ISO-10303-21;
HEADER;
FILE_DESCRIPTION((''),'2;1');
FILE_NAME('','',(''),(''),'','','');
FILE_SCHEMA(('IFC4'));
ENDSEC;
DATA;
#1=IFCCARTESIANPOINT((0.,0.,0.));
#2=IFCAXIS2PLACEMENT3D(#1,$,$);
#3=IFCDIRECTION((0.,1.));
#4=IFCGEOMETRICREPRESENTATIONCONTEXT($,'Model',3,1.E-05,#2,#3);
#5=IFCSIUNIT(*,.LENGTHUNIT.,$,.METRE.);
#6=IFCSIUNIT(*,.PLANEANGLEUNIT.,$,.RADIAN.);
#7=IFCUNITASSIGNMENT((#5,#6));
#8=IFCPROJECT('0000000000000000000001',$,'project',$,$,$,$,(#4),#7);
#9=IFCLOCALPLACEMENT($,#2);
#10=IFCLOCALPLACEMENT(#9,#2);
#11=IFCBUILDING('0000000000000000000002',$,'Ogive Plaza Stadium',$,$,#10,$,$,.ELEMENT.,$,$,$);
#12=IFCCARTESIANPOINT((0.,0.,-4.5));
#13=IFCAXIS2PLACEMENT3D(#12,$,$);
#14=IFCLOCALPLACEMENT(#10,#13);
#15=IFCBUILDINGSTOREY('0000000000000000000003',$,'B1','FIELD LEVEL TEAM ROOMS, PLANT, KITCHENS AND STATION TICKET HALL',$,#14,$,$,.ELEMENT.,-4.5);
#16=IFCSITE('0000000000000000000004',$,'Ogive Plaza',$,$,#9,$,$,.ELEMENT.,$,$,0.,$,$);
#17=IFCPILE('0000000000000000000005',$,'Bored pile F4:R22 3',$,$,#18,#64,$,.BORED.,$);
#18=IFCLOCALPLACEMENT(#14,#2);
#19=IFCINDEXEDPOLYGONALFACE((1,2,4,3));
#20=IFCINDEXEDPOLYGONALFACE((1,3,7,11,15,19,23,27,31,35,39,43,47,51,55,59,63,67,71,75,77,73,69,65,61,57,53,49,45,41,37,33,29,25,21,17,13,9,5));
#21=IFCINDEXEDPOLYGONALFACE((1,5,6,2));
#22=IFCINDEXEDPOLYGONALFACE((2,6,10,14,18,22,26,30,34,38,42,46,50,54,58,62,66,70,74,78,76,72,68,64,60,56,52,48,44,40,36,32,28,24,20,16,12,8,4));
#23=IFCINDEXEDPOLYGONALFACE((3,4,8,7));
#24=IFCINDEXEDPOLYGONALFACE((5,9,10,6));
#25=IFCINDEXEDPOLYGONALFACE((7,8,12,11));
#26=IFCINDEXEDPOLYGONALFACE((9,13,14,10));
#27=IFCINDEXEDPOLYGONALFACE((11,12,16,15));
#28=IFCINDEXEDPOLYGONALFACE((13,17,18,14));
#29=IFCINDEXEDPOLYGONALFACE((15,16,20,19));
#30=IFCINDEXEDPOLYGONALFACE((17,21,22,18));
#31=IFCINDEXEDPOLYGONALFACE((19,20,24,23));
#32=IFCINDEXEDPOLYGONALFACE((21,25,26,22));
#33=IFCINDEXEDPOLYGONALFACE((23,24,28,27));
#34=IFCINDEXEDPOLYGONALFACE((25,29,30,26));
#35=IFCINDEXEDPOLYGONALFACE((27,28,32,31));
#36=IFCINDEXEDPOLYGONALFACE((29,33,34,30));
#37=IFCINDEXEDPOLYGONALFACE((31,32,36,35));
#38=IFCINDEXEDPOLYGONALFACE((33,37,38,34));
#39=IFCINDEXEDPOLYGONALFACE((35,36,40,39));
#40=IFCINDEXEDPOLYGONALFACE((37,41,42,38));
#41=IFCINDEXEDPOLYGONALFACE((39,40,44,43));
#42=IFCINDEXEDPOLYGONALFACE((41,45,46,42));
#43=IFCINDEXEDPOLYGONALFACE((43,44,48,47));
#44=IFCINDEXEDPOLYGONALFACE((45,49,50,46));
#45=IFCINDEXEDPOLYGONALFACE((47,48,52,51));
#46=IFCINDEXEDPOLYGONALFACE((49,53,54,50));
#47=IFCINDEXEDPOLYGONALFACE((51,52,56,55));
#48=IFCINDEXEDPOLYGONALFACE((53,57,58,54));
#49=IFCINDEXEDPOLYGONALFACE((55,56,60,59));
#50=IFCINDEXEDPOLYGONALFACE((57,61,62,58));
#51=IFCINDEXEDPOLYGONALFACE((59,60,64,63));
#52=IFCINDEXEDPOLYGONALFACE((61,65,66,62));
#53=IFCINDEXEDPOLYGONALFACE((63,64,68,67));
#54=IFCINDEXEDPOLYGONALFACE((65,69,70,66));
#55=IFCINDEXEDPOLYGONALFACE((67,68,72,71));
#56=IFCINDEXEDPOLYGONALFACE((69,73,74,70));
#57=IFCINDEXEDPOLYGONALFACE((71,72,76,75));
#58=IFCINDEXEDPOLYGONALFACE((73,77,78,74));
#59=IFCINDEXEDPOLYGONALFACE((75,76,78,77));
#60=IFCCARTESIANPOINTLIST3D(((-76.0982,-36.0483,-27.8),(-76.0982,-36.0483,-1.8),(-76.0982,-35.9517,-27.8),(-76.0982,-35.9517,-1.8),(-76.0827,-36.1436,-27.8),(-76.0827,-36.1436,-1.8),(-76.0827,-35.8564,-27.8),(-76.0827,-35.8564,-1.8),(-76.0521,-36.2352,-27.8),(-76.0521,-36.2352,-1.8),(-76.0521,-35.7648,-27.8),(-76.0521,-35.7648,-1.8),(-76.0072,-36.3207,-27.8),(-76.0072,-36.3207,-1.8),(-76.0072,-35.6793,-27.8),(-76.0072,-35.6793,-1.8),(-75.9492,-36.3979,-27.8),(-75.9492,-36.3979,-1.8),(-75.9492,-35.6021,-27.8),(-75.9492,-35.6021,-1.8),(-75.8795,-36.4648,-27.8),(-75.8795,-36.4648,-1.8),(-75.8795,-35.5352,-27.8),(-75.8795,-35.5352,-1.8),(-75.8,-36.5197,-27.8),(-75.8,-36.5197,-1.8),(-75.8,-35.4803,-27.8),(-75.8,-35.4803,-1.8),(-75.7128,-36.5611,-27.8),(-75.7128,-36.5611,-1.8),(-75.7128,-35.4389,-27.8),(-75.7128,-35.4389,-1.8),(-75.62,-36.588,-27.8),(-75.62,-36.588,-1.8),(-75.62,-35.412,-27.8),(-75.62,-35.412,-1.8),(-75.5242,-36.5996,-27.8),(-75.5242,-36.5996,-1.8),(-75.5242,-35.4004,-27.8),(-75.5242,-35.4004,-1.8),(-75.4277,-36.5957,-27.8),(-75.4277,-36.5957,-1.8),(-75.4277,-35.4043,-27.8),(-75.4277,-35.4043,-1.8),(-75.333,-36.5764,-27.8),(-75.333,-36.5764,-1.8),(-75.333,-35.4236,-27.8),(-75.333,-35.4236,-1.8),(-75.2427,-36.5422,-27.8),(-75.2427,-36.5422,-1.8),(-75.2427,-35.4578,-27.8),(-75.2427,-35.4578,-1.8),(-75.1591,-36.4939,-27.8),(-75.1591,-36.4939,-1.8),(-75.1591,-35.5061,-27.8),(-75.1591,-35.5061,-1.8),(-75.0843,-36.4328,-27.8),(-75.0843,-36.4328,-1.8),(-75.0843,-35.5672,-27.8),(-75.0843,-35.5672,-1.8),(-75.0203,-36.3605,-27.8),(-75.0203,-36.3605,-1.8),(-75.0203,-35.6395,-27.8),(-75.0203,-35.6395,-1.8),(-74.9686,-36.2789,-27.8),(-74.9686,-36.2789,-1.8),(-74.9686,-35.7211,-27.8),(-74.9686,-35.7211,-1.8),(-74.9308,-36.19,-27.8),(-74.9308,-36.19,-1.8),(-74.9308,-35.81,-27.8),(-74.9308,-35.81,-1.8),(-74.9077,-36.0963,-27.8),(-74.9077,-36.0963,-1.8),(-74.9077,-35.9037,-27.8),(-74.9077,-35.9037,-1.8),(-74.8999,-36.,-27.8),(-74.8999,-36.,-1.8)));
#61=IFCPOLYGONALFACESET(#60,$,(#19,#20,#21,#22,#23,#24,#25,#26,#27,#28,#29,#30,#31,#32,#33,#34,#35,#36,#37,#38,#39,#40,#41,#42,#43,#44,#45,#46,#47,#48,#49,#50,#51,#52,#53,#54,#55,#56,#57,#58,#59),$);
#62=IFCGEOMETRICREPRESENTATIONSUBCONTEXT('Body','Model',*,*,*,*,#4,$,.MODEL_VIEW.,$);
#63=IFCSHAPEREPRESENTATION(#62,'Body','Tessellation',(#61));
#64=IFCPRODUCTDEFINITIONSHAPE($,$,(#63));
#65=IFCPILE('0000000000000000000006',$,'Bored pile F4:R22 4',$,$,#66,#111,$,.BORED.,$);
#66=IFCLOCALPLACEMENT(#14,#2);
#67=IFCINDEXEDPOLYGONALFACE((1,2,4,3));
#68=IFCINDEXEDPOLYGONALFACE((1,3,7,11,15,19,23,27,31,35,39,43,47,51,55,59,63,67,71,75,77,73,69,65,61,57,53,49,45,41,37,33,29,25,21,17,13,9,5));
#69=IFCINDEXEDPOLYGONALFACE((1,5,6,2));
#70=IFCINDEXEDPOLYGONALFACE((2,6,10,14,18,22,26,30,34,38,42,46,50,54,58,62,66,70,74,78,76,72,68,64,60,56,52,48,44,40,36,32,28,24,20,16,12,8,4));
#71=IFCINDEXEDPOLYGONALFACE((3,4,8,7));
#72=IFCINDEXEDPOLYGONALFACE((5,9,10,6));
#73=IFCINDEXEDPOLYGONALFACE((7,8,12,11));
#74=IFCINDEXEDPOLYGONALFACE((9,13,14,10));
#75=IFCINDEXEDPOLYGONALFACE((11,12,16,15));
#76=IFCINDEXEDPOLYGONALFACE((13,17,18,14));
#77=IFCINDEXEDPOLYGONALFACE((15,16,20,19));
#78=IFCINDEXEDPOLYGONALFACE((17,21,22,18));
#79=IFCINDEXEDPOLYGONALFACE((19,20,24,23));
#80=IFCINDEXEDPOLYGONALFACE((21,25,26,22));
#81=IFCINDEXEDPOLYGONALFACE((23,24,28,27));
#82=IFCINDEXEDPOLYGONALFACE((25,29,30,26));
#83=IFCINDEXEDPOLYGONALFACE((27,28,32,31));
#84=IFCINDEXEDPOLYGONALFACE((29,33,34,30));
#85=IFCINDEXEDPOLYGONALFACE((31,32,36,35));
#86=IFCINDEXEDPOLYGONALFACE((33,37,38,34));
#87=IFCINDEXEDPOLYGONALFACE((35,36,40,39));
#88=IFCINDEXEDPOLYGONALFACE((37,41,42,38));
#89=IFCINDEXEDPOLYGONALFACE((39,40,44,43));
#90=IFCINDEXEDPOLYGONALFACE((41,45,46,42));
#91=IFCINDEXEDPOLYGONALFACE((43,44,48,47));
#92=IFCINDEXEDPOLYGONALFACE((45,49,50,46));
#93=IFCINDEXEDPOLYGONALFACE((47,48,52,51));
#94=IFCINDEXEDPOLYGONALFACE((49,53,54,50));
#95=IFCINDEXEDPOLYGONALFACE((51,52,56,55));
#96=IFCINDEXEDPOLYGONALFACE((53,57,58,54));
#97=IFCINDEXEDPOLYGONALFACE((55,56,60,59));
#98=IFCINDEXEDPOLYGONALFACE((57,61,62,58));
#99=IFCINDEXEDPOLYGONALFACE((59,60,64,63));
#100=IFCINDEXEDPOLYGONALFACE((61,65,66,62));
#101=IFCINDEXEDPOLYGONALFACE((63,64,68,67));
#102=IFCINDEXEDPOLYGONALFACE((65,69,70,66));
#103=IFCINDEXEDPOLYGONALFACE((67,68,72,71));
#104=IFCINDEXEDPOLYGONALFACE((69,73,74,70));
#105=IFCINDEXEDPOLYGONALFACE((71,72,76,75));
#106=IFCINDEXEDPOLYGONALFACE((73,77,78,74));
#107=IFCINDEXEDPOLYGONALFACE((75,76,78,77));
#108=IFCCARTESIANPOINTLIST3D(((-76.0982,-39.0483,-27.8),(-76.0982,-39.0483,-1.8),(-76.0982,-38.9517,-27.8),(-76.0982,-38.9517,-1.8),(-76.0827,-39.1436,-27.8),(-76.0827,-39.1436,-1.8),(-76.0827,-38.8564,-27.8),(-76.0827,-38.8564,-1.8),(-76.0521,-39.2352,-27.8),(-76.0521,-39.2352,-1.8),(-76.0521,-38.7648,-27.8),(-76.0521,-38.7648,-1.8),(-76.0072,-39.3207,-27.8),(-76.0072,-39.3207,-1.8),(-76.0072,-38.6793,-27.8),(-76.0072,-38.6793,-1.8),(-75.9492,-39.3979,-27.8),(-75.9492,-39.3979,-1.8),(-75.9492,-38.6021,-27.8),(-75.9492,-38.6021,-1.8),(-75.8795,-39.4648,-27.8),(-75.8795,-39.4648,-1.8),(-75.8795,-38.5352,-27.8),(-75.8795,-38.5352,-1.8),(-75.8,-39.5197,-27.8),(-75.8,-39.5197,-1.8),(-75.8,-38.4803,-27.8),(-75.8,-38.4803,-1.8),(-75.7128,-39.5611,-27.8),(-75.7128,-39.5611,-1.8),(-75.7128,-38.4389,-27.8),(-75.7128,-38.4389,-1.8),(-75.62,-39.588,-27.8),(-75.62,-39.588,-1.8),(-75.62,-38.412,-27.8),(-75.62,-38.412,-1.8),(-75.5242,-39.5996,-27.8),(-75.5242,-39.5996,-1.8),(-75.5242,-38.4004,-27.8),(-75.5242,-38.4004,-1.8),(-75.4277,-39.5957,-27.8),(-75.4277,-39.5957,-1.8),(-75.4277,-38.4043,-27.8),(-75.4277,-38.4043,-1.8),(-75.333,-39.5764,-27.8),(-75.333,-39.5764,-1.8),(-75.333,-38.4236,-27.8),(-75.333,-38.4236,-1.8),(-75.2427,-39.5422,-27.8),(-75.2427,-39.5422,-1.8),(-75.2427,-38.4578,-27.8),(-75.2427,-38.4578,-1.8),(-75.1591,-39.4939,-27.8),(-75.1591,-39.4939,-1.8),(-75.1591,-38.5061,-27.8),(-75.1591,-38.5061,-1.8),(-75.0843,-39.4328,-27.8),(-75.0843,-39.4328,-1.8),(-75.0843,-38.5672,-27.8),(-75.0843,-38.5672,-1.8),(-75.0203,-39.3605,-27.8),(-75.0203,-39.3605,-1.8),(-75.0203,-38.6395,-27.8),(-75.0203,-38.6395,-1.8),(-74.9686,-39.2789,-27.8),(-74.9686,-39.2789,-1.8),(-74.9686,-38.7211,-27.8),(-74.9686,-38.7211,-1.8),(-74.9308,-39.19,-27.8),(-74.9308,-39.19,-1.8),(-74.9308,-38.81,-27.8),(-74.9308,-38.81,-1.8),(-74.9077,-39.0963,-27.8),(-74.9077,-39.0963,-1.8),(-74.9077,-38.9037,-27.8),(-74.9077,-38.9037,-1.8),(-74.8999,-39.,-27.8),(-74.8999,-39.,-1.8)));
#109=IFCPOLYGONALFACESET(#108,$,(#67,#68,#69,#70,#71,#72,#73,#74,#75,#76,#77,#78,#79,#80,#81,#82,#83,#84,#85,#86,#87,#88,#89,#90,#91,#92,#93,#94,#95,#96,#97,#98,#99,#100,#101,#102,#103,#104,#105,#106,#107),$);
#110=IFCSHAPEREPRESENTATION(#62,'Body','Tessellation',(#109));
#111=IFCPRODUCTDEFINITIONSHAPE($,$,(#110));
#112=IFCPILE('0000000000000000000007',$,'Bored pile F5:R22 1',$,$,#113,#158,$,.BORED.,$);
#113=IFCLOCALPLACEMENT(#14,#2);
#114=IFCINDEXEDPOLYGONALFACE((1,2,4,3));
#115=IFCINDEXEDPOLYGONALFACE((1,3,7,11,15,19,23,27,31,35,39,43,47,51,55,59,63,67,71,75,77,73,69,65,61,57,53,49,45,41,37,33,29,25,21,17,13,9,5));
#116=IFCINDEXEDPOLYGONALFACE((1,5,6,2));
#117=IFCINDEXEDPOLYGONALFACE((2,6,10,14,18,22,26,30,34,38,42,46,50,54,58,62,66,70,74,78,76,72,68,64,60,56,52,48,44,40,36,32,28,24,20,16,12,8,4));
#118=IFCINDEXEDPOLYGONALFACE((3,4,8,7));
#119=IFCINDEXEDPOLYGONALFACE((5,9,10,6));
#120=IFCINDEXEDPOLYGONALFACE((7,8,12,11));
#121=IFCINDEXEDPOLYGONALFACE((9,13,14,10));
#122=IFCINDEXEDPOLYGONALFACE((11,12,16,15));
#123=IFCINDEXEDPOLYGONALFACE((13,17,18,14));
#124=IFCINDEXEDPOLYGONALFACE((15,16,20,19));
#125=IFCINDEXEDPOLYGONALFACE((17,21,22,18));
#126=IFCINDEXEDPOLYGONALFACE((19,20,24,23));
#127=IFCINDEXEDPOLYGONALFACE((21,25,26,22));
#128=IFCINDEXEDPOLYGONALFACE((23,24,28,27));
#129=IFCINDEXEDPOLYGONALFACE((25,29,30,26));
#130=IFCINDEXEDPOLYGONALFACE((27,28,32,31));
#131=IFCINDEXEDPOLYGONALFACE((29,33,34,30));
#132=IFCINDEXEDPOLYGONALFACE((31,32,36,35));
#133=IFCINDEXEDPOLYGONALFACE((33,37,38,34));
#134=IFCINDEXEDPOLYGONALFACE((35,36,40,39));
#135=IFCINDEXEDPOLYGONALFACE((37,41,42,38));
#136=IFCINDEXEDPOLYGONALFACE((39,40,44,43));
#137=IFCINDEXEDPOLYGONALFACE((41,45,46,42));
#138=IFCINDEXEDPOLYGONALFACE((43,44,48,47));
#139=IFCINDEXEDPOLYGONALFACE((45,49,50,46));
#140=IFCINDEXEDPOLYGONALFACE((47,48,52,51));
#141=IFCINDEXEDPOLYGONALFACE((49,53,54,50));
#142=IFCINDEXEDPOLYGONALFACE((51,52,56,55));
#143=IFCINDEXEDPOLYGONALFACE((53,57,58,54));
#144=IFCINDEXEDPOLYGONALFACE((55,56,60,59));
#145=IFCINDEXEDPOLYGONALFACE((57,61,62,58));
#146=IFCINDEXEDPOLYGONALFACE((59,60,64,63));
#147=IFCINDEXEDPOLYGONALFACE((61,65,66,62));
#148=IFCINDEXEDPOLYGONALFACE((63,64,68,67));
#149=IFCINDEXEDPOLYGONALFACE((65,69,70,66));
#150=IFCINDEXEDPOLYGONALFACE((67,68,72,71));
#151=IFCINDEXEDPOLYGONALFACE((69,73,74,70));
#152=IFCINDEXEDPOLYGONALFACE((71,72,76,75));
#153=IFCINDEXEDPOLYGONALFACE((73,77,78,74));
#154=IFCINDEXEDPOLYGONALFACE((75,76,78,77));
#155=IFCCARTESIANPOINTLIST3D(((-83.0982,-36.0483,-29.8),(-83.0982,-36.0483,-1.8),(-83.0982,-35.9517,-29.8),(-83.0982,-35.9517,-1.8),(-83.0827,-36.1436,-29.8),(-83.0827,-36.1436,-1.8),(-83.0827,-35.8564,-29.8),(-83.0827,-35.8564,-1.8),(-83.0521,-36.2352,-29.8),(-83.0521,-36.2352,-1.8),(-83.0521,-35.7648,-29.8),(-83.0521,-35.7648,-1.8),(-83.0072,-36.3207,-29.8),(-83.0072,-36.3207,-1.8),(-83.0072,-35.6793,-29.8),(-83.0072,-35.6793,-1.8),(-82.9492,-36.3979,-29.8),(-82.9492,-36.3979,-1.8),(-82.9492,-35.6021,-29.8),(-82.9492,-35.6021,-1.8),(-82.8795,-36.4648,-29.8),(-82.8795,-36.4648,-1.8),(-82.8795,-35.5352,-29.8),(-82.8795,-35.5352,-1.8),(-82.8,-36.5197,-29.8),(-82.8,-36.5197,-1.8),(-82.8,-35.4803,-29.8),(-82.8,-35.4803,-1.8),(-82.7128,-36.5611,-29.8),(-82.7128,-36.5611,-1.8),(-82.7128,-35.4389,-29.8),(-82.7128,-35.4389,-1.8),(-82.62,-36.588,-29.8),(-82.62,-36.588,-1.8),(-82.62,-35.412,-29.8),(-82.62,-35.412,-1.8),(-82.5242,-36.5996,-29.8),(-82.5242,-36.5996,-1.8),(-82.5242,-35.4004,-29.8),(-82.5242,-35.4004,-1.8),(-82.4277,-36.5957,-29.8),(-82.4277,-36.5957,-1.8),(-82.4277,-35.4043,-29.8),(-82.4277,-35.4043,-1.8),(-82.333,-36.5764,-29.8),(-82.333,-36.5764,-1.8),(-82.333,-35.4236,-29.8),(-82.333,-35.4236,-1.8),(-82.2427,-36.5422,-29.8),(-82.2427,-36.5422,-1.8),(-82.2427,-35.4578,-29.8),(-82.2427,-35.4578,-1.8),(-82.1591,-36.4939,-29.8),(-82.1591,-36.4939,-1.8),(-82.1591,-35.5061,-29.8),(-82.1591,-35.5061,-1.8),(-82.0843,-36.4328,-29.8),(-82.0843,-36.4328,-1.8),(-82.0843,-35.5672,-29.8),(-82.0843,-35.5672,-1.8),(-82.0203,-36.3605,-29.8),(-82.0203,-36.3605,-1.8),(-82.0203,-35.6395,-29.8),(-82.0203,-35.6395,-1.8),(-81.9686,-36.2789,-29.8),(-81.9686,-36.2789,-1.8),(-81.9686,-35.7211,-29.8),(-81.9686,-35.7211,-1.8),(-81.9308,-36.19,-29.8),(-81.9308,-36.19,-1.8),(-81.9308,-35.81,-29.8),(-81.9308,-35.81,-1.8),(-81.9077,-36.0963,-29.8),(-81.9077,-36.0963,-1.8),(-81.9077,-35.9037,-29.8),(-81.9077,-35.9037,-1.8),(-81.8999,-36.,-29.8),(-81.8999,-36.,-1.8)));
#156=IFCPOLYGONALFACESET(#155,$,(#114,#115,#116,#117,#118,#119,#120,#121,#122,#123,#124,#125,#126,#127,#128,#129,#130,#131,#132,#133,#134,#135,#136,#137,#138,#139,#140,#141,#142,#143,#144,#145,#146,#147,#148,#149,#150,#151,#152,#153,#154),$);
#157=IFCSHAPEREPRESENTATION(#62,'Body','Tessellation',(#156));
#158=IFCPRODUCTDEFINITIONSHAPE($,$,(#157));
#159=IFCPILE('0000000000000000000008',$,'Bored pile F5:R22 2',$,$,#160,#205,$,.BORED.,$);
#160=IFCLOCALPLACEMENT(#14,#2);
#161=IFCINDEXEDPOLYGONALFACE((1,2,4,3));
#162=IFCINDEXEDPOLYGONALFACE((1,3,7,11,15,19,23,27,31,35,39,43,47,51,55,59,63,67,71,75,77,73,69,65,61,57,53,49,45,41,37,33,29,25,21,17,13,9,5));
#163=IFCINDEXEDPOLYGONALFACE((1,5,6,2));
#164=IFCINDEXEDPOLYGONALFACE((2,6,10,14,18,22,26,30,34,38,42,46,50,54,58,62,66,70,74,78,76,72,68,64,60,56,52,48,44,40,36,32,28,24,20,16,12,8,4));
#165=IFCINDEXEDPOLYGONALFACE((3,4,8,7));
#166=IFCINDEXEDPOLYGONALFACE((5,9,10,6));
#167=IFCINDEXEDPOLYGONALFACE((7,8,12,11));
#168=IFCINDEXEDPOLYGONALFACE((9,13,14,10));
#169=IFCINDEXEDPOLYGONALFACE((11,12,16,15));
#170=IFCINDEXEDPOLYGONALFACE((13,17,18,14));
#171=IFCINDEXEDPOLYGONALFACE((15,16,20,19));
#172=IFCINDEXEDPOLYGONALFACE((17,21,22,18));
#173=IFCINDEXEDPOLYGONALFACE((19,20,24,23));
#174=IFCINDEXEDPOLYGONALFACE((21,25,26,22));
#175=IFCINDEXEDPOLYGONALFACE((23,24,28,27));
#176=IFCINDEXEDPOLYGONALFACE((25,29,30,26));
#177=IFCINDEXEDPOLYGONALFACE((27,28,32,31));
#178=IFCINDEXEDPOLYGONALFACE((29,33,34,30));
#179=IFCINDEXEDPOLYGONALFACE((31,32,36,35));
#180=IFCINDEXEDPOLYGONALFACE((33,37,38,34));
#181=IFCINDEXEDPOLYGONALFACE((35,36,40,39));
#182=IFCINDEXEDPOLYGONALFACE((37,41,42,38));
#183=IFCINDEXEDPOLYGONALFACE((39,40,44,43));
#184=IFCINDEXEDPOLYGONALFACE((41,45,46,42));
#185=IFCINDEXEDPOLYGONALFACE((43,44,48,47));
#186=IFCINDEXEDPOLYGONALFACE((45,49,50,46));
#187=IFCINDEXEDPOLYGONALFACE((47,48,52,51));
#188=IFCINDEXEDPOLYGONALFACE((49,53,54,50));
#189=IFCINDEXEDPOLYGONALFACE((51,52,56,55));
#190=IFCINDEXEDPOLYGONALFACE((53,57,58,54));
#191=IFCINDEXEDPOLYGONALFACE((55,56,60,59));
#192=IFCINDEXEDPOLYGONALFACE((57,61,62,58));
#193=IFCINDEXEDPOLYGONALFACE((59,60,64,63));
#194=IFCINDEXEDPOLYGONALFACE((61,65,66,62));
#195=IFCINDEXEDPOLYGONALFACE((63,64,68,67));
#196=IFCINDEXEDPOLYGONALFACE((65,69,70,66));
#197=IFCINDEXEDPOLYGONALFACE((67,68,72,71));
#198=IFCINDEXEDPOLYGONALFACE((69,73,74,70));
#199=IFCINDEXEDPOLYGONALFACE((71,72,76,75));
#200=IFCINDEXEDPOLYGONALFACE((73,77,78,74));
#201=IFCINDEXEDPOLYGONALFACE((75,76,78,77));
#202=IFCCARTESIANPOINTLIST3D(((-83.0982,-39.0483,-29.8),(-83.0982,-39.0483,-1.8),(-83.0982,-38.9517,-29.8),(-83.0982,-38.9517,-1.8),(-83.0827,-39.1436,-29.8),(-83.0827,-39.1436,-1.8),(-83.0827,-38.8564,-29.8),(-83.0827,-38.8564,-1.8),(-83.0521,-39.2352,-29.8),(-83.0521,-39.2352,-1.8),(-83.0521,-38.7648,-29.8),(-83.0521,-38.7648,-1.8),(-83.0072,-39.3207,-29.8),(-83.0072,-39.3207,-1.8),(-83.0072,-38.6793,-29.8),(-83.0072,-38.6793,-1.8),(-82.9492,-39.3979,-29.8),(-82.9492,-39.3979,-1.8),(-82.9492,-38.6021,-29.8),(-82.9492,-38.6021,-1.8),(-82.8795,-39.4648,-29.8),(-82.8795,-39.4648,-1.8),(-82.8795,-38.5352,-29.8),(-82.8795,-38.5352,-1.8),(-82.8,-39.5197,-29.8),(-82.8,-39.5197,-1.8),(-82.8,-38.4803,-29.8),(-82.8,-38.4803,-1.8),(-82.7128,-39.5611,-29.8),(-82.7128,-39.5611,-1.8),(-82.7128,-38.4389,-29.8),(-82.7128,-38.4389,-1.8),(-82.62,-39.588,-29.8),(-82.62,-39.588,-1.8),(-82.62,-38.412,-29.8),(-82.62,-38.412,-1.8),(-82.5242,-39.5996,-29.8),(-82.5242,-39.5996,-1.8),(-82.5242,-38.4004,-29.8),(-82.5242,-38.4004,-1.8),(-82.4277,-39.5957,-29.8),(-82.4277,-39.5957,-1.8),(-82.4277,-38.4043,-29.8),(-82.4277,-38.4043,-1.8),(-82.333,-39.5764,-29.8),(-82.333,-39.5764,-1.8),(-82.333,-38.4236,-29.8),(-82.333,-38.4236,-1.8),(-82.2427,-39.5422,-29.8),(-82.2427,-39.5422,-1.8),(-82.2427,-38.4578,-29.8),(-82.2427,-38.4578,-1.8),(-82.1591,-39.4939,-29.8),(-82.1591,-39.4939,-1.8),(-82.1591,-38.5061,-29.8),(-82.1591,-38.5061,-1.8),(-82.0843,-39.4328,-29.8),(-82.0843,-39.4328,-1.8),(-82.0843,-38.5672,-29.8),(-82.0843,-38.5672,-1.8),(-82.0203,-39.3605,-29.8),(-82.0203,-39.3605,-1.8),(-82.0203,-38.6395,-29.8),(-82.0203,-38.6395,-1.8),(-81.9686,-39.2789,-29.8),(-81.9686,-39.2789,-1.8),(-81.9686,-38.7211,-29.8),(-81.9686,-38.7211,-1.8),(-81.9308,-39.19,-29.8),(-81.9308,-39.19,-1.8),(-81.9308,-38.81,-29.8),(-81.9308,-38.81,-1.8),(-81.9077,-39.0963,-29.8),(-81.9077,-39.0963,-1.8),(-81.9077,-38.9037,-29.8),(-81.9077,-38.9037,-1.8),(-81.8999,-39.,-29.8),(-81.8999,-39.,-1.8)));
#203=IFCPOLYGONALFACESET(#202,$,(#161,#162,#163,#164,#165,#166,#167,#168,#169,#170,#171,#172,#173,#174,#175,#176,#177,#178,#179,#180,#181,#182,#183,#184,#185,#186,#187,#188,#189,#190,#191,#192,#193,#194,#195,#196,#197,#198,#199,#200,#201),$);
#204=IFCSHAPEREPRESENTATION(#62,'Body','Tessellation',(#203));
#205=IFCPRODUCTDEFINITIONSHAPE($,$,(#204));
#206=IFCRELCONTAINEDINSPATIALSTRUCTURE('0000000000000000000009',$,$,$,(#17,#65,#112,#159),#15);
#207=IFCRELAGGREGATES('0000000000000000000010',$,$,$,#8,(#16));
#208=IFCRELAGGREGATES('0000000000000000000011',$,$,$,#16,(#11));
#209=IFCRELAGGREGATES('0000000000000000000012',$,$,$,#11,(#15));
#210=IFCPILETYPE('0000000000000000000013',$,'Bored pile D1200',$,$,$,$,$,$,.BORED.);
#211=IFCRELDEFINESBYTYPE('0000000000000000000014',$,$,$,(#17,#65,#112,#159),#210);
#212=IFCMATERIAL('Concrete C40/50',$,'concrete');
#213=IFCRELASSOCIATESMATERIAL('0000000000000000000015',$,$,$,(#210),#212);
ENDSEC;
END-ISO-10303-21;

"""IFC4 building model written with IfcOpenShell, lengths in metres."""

from ifc_helpers import new_model, si_unit, direction, frame, origin, origin_2d, place, context, subcontext, project, spatial, circle, extrude, material, material_profile, profile_set, type_object, element, save


model = new_model("IFC4")

# Units and contexts
model_context = context("Model", 3, precision=1e-05, world=origin(), true_north=direction((0.0, 1.0)))
body_context = subcontext(model_context, "Body", "Model", "MODEL_VIEW")
ifc_project = project(units=[si_unit("LENGTHUNIT", "METRE"), si_unit("PLANEANGLEUNIT", "RADIAN")], contexts=[model_context])

# Site, building, storey
site_placement = place(None, origin())
site = spatial("IfcSite", under=ifc_project, at=site_placement, Name="Ogive Plaza", CompositionType="ELEMENT", RefElevation=0.0)
building_placement = place(site_placement, origin())
building = spatial("IfcBuilding", under=site, at=building_placement, Name="Ogive Plaza Stadium", CompositionType="ELEMENT")
storey_placement = place(building_placement, frame((0.0, 0.0, -4.5)))
storey = spatial("IfcBuildingStorey", under=building, at=storey_placement, Name="B1", Description="FIELD LEVEL TEAM ROOMS, PLANT, KITCHENS AND STATION TICKET HALL", CompositionType="ELEMENT", Elevation=-4.5)

# Piles
ifc_material_1 = material(Name="Concrete C40/50", Category="concrete")
ifc_material_profile_1 = material_profile(ifc_material_1, circle(Radius=0.6001, at=origin_2d()), Name="RC D1200")
ifc_profile_set_1 = profile_set([ifc_material_profile_1], Name="Concrete C40/50")
pile_type_1 = type_object("IfcPileType", Name="Bored pile D1200", PredefinedType="BORED", material=ifc_profile_set_1)
for number, where, z_axis, x_axis, name in (
    (1, (-75.5, -36.0, -1.8), (0.0, 0.0, -1.0), (1.0, 0.0, 0.0), "Bored pile F4:R22 3"),
    (2, (-75.5, -39.0, -1.8), (0.0, 0.0, -1.0), (1.0, 0.0, 0.0), "Bored pile F4:R22 4"),
):
    element("IfcPile", number, at=place(storey_placement, frame(where, z_axis=z_axis, x_axis=x_axis)), inside=storey, type_object=pile_type_1, Name=name, PredefinedType="BORED", context=body_context, shape_type="SweptSolid", body=[
        extrude(circle(Radius=0.6001, at=origin_2d()), origin(), (0.0, 0.0, 1.0), 26.0),
    ])
for number, where, z_axis, x_axis, name in (
    (3, (-82.5, -36.0, -1.8), (0.0, 0.0, -1.0), (1.0, 0.0, 0.0), "Bored pile F5:R22 1"),
    (4, (-82.5, -39.0, -1.8), (0.0, 0.0, -1.0), (1.0, 0.0, 0.0), "Bored pile F5:R22 2"),
):
    element("IfcPile", number, at=place(storey_placement, frame(where, z_axis=z_axis, x_axis=x_axis)), inside=storey, type_object=pile_type_1, Name=name, PredefinedType="BORED", context=body_context, shape_type="SweptSolid", body=[
        extrude(circle(Radius=0.6001, at=origin_2d()), origin(), (0.0, 0.0, 1.0), 28.0),
    ])

save(model, "model.ifc")
